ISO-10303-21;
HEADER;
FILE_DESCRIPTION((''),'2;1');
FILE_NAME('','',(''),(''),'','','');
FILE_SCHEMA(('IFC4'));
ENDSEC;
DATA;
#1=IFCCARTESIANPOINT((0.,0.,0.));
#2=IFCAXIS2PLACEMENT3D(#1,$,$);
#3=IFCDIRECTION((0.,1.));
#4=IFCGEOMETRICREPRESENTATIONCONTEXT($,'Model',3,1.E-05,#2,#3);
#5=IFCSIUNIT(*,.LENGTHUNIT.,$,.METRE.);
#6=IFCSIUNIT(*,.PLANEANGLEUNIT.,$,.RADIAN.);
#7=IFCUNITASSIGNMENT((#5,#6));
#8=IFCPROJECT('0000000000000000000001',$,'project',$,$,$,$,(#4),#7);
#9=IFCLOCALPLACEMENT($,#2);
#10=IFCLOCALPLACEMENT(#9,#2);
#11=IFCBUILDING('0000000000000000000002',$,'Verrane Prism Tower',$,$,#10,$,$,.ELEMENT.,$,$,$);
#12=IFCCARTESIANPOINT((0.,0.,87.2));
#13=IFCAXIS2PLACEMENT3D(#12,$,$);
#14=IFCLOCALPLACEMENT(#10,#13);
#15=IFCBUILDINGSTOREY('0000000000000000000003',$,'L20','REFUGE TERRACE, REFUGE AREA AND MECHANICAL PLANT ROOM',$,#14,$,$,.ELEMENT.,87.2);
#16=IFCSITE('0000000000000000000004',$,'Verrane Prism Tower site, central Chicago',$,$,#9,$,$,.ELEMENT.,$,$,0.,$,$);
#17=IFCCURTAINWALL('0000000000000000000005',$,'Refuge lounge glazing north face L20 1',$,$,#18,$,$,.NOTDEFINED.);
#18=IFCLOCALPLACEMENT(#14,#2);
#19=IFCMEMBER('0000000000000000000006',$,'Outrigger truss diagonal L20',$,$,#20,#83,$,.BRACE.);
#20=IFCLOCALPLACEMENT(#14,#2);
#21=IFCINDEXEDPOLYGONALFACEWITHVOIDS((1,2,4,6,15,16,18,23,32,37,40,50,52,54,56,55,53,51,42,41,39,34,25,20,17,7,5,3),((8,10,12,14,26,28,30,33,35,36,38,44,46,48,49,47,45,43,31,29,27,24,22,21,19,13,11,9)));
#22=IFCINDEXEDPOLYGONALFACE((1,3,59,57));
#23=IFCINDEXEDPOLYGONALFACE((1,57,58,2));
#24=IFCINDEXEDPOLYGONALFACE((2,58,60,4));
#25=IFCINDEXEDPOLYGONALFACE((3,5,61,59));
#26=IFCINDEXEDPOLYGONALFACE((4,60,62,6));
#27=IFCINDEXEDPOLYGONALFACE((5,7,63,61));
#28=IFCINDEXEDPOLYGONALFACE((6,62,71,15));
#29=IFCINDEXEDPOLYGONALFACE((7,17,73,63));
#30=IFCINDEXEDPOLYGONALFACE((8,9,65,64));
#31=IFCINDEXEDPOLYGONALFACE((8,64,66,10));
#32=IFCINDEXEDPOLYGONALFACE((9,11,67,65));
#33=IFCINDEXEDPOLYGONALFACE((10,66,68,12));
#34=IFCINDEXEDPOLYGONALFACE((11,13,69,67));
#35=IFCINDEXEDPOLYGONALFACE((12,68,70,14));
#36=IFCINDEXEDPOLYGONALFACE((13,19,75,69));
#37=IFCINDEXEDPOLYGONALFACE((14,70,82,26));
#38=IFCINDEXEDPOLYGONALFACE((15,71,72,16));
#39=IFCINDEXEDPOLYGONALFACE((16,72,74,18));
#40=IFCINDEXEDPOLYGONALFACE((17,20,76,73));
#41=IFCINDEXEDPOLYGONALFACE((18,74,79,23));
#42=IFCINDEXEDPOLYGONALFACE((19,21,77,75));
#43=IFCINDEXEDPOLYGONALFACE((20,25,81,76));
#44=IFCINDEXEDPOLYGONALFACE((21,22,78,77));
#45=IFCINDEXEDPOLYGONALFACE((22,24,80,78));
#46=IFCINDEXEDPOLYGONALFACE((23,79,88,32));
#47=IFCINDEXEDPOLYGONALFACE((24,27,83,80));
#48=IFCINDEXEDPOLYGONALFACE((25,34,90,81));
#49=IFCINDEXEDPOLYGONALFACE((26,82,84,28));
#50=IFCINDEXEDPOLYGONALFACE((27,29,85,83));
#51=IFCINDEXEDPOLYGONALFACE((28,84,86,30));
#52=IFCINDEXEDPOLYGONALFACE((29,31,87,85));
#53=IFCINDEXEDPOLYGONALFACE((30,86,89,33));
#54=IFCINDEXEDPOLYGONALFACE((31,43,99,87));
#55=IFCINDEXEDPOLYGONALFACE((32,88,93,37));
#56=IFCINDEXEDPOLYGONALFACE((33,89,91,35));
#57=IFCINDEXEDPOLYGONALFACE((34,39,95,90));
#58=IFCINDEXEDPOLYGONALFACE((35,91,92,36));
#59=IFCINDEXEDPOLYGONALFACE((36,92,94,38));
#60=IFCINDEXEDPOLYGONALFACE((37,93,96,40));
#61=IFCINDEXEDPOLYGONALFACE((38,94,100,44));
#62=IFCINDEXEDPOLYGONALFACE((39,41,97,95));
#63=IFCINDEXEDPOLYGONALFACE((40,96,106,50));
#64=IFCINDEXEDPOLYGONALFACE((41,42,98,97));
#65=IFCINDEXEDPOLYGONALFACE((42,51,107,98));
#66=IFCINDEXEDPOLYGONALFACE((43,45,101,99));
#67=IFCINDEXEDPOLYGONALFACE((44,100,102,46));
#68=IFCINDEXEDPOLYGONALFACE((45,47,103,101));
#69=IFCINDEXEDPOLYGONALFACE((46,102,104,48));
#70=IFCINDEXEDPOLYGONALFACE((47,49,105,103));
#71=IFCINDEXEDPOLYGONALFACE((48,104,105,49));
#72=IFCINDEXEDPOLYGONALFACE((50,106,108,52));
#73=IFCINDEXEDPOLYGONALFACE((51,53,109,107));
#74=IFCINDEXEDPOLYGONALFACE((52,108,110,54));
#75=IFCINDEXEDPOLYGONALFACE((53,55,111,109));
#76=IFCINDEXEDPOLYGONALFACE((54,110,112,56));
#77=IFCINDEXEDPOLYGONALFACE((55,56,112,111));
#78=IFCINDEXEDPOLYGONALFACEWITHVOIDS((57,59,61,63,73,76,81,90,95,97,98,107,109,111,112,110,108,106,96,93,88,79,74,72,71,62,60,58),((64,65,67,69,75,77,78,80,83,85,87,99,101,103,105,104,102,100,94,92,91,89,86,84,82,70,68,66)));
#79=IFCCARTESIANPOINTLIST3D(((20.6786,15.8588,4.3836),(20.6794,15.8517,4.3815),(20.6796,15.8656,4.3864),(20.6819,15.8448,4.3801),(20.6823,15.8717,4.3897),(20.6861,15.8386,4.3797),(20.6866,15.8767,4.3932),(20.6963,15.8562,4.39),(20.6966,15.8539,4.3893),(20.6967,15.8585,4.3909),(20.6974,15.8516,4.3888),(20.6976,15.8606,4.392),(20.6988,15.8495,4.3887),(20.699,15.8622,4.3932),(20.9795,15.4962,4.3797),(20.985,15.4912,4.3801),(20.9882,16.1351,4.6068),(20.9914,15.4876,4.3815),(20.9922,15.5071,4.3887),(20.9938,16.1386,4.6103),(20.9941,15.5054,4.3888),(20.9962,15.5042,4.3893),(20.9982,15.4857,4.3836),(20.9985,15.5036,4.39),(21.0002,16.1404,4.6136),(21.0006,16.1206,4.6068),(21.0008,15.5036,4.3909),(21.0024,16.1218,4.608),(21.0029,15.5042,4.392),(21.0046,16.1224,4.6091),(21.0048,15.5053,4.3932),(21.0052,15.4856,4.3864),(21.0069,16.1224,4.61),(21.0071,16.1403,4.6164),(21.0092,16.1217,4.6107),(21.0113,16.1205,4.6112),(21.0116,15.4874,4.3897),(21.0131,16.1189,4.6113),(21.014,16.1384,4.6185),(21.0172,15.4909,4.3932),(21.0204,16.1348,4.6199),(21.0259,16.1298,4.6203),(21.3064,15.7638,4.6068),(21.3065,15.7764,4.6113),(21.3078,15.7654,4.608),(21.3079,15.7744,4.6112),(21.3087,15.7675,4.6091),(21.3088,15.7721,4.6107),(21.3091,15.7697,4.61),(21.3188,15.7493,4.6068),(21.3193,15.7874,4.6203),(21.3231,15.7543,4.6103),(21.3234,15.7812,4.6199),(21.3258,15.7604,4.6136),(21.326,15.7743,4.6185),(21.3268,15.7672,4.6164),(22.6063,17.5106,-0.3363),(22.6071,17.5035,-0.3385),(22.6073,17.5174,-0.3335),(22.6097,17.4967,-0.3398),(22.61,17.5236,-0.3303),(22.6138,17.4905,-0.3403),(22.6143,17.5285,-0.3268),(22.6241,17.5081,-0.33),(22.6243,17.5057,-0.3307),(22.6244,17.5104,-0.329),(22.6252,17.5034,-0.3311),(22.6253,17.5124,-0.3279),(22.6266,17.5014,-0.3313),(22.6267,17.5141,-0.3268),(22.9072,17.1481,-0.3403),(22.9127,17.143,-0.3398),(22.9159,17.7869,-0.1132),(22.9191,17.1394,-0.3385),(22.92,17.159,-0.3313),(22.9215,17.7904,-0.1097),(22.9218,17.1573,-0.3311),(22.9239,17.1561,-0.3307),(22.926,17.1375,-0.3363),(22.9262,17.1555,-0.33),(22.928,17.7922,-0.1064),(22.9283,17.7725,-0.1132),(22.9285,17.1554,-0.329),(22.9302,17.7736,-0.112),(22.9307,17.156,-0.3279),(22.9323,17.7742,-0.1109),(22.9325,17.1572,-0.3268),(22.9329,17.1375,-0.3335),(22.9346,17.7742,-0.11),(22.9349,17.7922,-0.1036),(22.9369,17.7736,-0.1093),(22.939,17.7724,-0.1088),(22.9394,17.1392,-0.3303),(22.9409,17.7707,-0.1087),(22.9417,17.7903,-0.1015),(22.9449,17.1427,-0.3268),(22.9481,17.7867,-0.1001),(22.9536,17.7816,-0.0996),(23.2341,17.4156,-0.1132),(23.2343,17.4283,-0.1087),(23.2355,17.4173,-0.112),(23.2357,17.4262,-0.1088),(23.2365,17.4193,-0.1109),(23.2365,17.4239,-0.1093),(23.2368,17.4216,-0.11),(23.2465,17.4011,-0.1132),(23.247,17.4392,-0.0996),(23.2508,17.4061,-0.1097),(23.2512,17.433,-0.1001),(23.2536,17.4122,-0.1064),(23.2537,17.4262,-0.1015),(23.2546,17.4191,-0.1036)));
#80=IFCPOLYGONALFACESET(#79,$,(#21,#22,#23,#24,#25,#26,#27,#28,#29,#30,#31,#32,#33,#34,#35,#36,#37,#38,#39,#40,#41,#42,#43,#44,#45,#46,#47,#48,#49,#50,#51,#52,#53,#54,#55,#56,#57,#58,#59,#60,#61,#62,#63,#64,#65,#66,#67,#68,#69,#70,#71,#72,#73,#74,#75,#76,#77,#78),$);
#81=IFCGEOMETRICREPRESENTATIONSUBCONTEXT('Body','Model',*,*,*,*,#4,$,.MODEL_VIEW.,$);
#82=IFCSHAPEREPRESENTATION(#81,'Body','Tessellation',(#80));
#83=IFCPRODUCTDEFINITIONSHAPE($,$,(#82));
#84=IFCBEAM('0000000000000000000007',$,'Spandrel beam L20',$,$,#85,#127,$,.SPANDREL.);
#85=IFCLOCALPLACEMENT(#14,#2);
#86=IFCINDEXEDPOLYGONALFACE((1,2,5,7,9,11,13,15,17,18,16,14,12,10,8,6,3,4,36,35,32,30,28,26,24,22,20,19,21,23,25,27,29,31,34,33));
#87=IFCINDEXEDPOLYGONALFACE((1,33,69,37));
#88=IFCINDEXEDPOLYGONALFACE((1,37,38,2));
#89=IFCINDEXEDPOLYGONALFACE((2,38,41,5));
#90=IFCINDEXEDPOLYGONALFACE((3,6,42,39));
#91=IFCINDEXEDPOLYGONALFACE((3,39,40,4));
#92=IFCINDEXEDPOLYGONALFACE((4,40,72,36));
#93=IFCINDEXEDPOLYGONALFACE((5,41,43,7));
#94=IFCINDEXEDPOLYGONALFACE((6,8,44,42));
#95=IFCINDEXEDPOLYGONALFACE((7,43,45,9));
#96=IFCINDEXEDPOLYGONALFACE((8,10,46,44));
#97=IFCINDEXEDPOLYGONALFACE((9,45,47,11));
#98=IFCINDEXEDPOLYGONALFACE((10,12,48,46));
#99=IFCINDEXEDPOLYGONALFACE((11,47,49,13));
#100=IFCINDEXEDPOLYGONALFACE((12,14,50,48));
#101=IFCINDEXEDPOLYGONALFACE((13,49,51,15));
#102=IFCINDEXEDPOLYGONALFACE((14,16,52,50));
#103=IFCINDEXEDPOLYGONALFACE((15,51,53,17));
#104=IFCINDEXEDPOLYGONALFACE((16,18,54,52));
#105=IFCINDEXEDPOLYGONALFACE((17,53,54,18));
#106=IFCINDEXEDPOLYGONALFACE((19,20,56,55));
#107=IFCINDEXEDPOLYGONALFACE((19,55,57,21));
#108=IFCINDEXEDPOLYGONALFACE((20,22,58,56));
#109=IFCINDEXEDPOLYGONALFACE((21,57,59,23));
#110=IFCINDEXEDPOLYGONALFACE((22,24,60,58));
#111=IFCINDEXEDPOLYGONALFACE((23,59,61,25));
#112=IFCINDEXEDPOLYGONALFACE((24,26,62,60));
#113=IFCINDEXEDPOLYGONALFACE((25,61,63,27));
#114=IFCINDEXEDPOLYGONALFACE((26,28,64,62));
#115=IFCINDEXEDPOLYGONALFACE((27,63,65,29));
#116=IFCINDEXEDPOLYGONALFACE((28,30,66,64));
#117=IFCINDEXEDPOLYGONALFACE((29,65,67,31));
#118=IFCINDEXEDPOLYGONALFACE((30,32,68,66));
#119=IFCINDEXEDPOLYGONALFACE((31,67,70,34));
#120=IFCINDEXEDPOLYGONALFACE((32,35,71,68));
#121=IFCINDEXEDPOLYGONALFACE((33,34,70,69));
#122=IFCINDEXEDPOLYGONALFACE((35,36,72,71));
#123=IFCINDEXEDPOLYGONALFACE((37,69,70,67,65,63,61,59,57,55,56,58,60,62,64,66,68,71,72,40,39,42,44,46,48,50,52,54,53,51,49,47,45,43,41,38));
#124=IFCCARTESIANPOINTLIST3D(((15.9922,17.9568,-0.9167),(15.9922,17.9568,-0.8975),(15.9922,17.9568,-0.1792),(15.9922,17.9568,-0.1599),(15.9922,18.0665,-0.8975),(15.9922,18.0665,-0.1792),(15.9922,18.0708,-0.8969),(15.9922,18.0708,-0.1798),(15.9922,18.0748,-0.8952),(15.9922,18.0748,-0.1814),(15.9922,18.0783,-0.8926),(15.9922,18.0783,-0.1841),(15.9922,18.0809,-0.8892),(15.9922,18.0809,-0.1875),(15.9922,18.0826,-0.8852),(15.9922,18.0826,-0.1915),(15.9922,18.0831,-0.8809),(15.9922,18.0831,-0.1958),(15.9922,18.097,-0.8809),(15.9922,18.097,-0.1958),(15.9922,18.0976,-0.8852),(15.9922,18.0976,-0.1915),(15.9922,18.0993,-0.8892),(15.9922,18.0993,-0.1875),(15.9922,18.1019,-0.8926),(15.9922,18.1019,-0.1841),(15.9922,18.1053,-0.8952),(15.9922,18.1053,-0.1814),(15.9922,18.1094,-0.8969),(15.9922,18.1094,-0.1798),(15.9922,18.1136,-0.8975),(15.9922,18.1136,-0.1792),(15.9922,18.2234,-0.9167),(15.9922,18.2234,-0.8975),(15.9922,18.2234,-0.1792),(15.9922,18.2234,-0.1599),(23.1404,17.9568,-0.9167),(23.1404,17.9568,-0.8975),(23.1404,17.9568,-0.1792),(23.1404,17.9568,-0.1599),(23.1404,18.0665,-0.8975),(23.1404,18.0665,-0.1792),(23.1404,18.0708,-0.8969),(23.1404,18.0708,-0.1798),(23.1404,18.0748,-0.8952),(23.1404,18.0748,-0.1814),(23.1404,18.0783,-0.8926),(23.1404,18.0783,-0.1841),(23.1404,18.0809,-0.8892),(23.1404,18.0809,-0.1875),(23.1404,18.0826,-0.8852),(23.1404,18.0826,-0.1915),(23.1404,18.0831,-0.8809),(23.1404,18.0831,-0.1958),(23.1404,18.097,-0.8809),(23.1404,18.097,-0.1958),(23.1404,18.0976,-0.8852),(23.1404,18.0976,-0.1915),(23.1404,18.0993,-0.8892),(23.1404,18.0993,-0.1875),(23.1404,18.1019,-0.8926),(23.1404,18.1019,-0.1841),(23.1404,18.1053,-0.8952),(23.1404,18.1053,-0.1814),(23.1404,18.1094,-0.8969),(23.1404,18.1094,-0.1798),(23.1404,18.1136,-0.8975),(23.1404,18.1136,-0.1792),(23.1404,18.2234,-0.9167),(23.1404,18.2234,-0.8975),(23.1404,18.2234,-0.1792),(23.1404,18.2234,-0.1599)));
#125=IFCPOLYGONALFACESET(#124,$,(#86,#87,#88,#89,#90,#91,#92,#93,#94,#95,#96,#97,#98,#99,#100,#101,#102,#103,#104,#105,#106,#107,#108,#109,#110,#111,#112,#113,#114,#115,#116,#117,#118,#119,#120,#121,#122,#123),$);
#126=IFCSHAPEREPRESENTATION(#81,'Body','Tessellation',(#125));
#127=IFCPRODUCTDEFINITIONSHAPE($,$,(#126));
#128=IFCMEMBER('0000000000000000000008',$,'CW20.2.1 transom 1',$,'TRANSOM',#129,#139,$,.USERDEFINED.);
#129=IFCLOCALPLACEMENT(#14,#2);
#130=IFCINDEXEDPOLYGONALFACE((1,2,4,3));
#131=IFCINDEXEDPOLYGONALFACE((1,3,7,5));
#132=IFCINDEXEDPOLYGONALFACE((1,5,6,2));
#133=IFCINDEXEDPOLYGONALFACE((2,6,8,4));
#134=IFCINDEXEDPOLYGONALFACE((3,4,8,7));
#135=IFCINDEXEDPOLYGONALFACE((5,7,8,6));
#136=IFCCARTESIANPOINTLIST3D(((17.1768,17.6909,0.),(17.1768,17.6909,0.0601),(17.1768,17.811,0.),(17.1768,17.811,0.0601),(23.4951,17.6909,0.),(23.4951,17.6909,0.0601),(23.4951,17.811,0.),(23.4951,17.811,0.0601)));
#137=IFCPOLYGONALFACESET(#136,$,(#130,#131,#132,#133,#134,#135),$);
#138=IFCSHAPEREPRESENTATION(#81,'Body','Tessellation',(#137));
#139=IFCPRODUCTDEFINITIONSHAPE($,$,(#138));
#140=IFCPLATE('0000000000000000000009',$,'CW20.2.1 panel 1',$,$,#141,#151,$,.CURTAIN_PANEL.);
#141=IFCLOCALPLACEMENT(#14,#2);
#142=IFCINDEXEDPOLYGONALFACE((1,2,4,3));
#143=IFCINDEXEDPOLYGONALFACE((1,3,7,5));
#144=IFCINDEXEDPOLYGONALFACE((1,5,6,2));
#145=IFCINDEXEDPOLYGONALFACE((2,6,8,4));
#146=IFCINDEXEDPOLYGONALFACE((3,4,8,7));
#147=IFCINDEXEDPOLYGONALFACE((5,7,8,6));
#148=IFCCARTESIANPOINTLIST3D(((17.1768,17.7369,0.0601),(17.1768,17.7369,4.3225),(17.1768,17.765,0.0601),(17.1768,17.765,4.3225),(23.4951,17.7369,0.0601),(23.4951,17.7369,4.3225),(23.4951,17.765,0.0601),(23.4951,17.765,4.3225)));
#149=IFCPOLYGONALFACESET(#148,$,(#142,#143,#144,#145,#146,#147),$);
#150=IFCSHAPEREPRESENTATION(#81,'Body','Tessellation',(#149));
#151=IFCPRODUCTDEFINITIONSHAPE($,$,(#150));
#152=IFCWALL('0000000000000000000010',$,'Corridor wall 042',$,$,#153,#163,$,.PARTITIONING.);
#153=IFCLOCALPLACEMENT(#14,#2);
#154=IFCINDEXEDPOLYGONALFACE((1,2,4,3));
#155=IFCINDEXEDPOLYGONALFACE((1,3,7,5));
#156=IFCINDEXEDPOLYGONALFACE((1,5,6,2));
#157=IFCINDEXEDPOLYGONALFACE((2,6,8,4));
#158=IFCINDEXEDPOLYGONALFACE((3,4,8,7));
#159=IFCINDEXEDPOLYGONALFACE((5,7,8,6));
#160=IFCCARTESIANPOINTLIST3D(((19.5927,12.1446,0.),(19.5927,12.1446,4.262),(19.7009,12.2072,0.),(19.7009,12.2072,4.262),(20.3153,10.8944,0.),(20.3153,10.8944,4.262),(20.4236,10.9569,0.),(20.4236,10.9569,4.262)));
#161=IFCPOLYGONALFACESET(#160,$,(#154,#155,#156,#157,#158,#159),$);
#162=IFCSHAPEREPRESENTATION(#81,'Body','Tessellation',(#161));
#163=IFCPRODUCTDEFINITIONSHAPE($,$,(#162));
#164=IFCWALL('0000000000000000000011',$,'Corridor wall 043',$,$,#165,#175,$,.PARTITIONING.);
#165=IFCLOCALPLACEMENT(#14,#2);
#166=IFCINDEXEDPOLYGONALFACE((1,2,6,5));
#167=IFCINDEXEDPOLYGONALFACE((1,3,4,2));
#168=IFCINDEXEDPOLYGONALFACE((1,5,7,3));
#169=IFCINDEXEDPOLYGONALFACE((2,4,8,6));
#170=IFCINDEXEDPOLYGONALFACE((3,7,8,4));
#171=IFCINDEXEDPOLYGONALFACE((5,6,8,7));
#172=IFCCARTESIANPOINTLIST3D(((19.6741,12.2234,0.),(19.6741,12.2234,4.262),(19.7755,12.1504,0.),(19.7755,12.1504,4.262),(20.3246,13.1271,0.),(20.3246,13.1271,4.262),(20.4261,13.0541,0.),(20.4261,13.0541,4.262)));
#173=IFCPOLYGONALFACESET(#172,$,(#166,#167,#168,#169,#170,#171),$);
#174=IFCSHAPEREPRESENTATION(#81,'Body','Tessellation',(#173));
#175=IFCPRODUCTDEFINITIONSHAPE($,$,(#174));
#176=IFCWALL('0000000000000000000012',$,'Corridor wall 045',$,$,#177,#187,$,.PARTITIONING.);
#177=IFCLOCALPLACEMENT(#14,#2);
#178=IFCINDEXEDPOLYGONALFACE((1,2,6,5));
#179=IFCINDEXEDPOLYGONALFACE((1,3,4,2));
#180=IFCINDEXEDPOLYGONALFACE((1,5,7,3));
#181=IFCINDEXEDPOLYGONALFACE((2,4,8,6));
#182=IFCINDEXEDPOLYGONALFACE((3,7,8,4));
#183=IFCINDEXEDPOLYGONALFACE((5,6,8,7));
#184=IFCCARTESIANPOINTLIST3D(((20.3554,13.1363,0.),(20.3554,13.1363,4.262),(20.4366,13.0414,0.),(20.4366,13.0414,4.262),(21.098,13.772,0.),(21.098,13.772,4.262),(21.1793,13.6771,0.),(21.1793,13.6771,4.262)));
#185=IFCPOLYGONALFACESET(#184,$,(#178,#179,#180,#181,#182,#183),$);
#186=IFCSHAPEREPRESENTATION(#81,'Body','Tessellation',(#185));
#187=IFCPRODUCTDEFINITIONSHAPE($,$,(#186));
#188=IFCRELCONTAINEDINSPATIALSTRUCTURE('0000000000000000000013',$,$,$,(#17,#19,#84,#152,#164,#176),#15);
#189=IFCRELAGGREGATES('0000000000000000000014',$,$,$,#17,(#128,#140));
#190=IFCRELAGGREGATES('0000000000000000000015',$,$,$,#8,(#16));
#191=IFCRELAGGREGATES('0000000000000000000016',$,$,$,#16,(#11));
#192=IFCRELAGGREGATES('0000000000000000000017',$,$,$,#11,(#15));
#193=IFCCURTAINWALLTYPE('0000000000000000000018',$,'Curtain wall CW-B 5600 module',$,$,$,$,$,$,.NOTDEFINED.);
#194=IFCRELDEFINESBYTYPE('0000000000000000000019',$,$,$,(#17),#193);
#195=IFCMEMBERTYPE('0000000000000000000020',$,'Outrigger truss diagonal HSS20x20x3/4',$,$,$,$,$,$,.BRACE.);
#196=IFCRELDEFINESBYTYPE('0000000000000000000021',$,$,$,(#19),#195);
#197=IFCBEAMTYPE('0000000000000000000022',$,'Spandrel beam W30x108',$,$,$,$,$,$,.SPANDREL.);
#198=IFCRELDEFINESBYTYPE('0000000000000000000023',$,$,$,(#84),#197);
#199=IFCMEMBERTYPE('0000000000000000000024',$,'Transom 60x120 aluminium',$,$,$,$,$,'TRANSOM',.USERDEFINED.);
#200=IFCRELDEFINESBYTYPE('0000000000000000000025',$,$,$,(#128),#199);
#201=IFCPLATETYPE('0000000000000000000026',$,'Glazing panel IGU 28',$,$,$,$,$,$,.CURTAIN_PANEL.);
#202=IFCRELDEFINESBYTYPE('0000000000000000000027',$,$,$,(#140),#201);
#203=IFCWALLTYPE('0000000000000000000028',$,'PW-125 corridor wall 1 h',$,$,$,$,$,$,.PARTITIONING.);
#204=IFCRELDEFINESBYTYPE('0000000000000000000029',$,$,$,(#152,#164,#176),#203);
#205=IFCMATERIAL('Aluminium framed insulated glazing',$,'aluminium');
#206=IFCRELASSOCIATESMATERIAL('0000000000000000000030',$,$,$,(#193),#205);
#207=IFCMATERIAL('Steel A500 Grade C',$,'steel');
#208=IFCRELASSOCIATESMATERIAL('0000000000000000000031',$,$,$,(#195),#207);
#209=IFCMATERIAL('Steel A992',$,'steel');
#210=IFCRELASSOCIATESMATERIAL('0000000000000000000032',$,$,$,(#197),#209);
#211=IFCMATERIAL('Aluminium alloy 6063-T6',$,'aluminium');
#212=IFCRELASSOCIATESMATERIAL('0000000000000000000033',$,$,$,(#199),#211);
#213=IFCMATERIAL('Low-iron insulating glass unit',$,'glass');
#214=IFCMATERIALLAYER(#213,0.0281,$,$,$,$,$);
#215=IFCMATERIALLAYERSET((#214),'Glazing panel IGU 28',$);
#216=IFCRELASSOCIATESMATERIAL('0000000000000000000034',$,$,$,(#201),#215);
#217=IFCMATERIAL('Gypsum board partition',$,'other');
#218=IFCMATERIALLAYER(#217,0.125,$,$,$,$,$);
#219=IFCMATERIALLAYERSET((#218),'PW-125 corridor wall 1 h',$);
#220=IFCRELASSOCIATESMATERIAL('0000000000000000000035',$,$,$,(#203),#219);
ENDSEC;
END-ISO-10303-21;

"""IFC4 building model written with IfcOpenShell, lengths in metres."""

from ifc_helpers import new_model, si_unit, direction, frame, frame_2d, origin, origin_2d, place, context, subcontext, project, spatial, rectangle, hollow_rectangle, i_section, extrude, material, layer, layer_set, material_profile, profile_set, type_object, element, aggregate, save


model = new_model("IFC4")

# Units and contexts
model_context = context("Model", 3, precision=1e-05, world=origin(), true_north=direction((0.0, 1.0)))
body_context = subcontext(model_context, "Body", "Model", "MODEL_VIEW")
ifc_project = project(units=[si_unit("LENGTHUNIT", "METRE"), si_unit("PLANEANGLEUNIT", "RADIAN")], contexts=[model_context])

# Site, building, storey
site_placement = place(None, origin())
site = spatial("IfcSite", under=ifc_project, at=site_placement, Name="Verrane Prism Tower site, central Chicago", CompositionType="ELEMENT", RefElevation=0.0)
building_placement = place(site_placement, origin())
building = spatial("IfcBuilding", under=site, at=building_placement, Name="Verrane Prism Tower", CompositionType="ELEMENT")
storey_placement = place(building_placement, frame((0.0, 0.0, 87.2)))
storey = spatial("IfcBuildingStorey", under=building, at=storey_placement, Name="L20", Description="REFUGE TERRACE, REFUGE AREA AND MECHANICAL PLANT ROOM", CompositionType="ELEMENT", Elevation=87.2)

# Curtain wall
ifc_material_1 = material(Name="Aluminium framed insulated glazing", Category="aluminium")
curtain_wall_type = type_object("IfcCurtainWallType", Name="Curtain wall CW-B 5600 module", PredefinedType="NOTDEFINED", material=ifc_material_1)
curtain_wall_placement = place(storey_placement, origin())
curtain_wall = element("IfcCurtainWall", 1, at=curtain_wall_placement, inside=storey, type_object=curtain_wall_type, Name="Refuge lounge glazing north face L20 1", PredefinedType="NOTDEFINED")

# Member
ifc_material_2 = material(Name="Steel A500 Grade C", Category="steel")
ifc_material_profile_1 = material_profile(ifc_material_2, hollow_rectangle(XDim=0.5081, YDim=0.5081, WallThickness=0.019, InnerFilletRadius=0.0095, OuterFilletRadius=0.0286, at=origin_2d()), Name="HSS20x20x3/4")
ifc_profile_set_1 = profile_set([ifc_material_profile_1], Name="Steel A500 Grade C")
member_type_1 = type_object("IfcMemberType", Name="Outrigger truss diagonal HSS20x20x3/4", PredefinedType="BRACE", material=ifc_profile_set_1)
member_1_placement = place(storey_placement, frame((22.9304, 17.4648, -0.22), z_axis=(-0.359694, -0.308218, 0.880694), x_axis=(0.65068, -0.759352, 0.0)))
element("IfcMember", 2, at=member_1_placement, inside=storey, type_object=member_type_1, Name="Outrigger truss diagonal L20", PredefinedType="BRACE", context=body_context, shape_type="SweptSolid", body=[
    extrude(hollow_rectangle(XDim=0.5081, YDim=0.5081, WallThickness=0.019, InnerFilletRadius=0.0095, OuterFilletRadius=0.0286, at=origin_2d()), origin(), (0.0, 0.0, 1.0), 5.3594),
])

# Beam
ifc_material_3 = material(Name="Steel A992", Category="steel")
ifc_material_profile_2 = material_profile(ifc_material_3, i_section(OverallWidth=0.2666, OverallDepth=0.7568, WebThickness=0.0139, FlangeThickness=0.0193, FilletRadius=0.0166, at=origin_2d()), Name="W30x108")
ifc_profile_set_2 = profile_set([ifc_material_profile_2], Name="Steel A992")
beam_type_1 = type_object("IfcBeamType", Name="Spandrel beam W30x108", PredefinedType="SPANDREL", material=ifc_profile_set_2)
beam_1_placement = place(storey_placement, frame((23.1404, 18.0901, -0.5383), z_axis=(-1.0, 0.0, 0.0), x_axis=(0.0, -1.0, 0.0)))
element("IfcBeam", 3, at=beam_1_placement, inside=storey, type_object=beam_type_1, Name="Spandrel beam L20", PredefinedType="SPANDREL", context=body_context, shape_type="SweptSolid", body=[
    extrude(i_section(OverallWidth=0.2666, OverallDepth=0.7568, WebThickness=0.0139, FlangeThickness=0.0193, FilletRadius=0.0166, at=origin_2d()), origin(), (0.0, 0.0, 1.0), 7.1482),
])

# Member
ifc_material_4 = material(Name="Aluminium alloy 6063-T6", Category="aluminium")
ifc_material_profile_3 = material_profile(ifc_material_4, rectangle(XDim=0.1201, YDim=0.0601, at=origin_2d()), Name="Transom 60x120 aluminium")
ifc_profile_set_3 = profile_set([ifc_material_profile_3], Name="Aluminium alloy 6063-T6")
member_type_2 = type_object("IfcMemberType", Name="Transom 60x120 aluminium", ElementType="TRANSOM", PredefinedType="USERDEFINED", material=ifc_profile_set_3)
member_2_placement = place(storey_placement, frame((23.4951, 17.751, 0.03), z_axis=(-1.0, 0.0, 0.0), x_axis=(0.0, -1.0, 0.0)))
member_2 = element("IfcMember", 4, at=member_2_placement, type_object=member_type_2, Name="CW20.2.1 transom 1", ObjectType="TRANSOM", PredefinedType="USERDEFINED", context=body_context, shape_type="SweptSolid", body=[
    extrude(rectangle(XDim=0.1201, YDim=0.0601, at=origin_2d()), origin(), (0.0, 0.0, 1.0), 6.3184),
])

# Plate
ifc_material_5 = material(Name="Low-iron insulating glass unit", Category="glass")
ifc_layer_1 = layer(ifc_material_5, 0.0281)
ifc_layer_set_1 = layer_set([ifc_layer_1], Name="Glazing panel IGU 28")
plate_type = type_object("IfcPlateType", Name="Glazing panel IGU 28", PredefinedType="CURTAIN_PANEL", material=ifc_layer_set_1)
plate_placement = place(storey_placement, frame((20.3359, 17.751, 0.0601), z_axis=(0.0, 0.0, 1.0), x_axis=(-1.0, 0.0, 0.0)))
plate = element("IfcPlate", 5, at=plate_placement, type_object=plate_type, Name="CW20.2.1 panel 1", PredefinedType="CURTAIN_PANEL", context=body_context, shape_type="SweptSolid", body=[
    extrude(rectangle(XDim=6.3184, YDim=0.0281, at=origin_2d()), origin(), (0.0, 0.0, 1.0), 4.2625),
])
aggregate(curtain_wall, [member_2, plate])

# Walls
ifc_material_6 = material(Name="Gypsum board partition", Category="other")
ifc_layer_2 = layer(ifc_material_6, 0.125)
ifc_layer_set_2 = layer_set([ifc_layer_2], Name="PW-125 corridor wall 1 h")
wall_type_1 = type_object("IfcWallType", Name="PW-125 corridor wall 1 h", PredefinedType="PARTITIONING", material=ifc_layer_set_2)
wall_1_placement = place(storey_placement, frame((19.6467, 12.176, 0.0), z_axis=(0.0, 0.0, 1.0), x_axis=(0.50043, -0.865777, 0.0)))
element("IfcWall", 6, at=wall_1_placement, inside=storey, type_object=wall_type_1, Name="Corridor wall 042", PredefinedType="PARTITIONING", context=body_context, shape_type="SweptSolid", body=[
    extrude(rectangle(XDim=1.4441, YDim=0.125, at=frame_2d((0.7222, 0.0))), origin(), (0.0, 0.0, 1.0), 4.262),
])
wall_2_placement = place(storey_placement, frame((19.7249, 12.187, 0.0), z_axis=(0.0, 0.0, 1.0), x_axis=(0.584241, 0.81158, 0.0)))
element("IfcWall", 7, at=wall_2_placement, inside=storey, type_object=wall_type_1, Name="Corridor wall 043", PredefinedType="PARTITIONING", context=body_context, shape_type="SweptSolid", body=[
    extrude(rectangle(XDim=1.1135, YDim=0.125, at=frame_2d((0.5566, 0.0))), origin(), (0.0, 0.0, 1.0), 4.262),
])
wall_3_placement = place(storey_placement, frame((20.396, 13.0889, 0.0), z_axis=(0.0, 0.0, 1.0), x_axis=(0.75968, 0.650298, 0.0)))
element("IfcWall", 8, at=wall_3_placement, inside=storey, type_object=wall_type_1, Name="Corridor wall 045", PredefinedType="PARTITIONING", context=body_context, shape_type="SweptSolid", body=[
    extrude(rectangle(XDim=0.9775, YDim=0.125, at=frame_2d((0.4888, 0.0))), origin(), (0.0, 0.0, 1.0), 4.262),
])

save(model, "model.ifc")
